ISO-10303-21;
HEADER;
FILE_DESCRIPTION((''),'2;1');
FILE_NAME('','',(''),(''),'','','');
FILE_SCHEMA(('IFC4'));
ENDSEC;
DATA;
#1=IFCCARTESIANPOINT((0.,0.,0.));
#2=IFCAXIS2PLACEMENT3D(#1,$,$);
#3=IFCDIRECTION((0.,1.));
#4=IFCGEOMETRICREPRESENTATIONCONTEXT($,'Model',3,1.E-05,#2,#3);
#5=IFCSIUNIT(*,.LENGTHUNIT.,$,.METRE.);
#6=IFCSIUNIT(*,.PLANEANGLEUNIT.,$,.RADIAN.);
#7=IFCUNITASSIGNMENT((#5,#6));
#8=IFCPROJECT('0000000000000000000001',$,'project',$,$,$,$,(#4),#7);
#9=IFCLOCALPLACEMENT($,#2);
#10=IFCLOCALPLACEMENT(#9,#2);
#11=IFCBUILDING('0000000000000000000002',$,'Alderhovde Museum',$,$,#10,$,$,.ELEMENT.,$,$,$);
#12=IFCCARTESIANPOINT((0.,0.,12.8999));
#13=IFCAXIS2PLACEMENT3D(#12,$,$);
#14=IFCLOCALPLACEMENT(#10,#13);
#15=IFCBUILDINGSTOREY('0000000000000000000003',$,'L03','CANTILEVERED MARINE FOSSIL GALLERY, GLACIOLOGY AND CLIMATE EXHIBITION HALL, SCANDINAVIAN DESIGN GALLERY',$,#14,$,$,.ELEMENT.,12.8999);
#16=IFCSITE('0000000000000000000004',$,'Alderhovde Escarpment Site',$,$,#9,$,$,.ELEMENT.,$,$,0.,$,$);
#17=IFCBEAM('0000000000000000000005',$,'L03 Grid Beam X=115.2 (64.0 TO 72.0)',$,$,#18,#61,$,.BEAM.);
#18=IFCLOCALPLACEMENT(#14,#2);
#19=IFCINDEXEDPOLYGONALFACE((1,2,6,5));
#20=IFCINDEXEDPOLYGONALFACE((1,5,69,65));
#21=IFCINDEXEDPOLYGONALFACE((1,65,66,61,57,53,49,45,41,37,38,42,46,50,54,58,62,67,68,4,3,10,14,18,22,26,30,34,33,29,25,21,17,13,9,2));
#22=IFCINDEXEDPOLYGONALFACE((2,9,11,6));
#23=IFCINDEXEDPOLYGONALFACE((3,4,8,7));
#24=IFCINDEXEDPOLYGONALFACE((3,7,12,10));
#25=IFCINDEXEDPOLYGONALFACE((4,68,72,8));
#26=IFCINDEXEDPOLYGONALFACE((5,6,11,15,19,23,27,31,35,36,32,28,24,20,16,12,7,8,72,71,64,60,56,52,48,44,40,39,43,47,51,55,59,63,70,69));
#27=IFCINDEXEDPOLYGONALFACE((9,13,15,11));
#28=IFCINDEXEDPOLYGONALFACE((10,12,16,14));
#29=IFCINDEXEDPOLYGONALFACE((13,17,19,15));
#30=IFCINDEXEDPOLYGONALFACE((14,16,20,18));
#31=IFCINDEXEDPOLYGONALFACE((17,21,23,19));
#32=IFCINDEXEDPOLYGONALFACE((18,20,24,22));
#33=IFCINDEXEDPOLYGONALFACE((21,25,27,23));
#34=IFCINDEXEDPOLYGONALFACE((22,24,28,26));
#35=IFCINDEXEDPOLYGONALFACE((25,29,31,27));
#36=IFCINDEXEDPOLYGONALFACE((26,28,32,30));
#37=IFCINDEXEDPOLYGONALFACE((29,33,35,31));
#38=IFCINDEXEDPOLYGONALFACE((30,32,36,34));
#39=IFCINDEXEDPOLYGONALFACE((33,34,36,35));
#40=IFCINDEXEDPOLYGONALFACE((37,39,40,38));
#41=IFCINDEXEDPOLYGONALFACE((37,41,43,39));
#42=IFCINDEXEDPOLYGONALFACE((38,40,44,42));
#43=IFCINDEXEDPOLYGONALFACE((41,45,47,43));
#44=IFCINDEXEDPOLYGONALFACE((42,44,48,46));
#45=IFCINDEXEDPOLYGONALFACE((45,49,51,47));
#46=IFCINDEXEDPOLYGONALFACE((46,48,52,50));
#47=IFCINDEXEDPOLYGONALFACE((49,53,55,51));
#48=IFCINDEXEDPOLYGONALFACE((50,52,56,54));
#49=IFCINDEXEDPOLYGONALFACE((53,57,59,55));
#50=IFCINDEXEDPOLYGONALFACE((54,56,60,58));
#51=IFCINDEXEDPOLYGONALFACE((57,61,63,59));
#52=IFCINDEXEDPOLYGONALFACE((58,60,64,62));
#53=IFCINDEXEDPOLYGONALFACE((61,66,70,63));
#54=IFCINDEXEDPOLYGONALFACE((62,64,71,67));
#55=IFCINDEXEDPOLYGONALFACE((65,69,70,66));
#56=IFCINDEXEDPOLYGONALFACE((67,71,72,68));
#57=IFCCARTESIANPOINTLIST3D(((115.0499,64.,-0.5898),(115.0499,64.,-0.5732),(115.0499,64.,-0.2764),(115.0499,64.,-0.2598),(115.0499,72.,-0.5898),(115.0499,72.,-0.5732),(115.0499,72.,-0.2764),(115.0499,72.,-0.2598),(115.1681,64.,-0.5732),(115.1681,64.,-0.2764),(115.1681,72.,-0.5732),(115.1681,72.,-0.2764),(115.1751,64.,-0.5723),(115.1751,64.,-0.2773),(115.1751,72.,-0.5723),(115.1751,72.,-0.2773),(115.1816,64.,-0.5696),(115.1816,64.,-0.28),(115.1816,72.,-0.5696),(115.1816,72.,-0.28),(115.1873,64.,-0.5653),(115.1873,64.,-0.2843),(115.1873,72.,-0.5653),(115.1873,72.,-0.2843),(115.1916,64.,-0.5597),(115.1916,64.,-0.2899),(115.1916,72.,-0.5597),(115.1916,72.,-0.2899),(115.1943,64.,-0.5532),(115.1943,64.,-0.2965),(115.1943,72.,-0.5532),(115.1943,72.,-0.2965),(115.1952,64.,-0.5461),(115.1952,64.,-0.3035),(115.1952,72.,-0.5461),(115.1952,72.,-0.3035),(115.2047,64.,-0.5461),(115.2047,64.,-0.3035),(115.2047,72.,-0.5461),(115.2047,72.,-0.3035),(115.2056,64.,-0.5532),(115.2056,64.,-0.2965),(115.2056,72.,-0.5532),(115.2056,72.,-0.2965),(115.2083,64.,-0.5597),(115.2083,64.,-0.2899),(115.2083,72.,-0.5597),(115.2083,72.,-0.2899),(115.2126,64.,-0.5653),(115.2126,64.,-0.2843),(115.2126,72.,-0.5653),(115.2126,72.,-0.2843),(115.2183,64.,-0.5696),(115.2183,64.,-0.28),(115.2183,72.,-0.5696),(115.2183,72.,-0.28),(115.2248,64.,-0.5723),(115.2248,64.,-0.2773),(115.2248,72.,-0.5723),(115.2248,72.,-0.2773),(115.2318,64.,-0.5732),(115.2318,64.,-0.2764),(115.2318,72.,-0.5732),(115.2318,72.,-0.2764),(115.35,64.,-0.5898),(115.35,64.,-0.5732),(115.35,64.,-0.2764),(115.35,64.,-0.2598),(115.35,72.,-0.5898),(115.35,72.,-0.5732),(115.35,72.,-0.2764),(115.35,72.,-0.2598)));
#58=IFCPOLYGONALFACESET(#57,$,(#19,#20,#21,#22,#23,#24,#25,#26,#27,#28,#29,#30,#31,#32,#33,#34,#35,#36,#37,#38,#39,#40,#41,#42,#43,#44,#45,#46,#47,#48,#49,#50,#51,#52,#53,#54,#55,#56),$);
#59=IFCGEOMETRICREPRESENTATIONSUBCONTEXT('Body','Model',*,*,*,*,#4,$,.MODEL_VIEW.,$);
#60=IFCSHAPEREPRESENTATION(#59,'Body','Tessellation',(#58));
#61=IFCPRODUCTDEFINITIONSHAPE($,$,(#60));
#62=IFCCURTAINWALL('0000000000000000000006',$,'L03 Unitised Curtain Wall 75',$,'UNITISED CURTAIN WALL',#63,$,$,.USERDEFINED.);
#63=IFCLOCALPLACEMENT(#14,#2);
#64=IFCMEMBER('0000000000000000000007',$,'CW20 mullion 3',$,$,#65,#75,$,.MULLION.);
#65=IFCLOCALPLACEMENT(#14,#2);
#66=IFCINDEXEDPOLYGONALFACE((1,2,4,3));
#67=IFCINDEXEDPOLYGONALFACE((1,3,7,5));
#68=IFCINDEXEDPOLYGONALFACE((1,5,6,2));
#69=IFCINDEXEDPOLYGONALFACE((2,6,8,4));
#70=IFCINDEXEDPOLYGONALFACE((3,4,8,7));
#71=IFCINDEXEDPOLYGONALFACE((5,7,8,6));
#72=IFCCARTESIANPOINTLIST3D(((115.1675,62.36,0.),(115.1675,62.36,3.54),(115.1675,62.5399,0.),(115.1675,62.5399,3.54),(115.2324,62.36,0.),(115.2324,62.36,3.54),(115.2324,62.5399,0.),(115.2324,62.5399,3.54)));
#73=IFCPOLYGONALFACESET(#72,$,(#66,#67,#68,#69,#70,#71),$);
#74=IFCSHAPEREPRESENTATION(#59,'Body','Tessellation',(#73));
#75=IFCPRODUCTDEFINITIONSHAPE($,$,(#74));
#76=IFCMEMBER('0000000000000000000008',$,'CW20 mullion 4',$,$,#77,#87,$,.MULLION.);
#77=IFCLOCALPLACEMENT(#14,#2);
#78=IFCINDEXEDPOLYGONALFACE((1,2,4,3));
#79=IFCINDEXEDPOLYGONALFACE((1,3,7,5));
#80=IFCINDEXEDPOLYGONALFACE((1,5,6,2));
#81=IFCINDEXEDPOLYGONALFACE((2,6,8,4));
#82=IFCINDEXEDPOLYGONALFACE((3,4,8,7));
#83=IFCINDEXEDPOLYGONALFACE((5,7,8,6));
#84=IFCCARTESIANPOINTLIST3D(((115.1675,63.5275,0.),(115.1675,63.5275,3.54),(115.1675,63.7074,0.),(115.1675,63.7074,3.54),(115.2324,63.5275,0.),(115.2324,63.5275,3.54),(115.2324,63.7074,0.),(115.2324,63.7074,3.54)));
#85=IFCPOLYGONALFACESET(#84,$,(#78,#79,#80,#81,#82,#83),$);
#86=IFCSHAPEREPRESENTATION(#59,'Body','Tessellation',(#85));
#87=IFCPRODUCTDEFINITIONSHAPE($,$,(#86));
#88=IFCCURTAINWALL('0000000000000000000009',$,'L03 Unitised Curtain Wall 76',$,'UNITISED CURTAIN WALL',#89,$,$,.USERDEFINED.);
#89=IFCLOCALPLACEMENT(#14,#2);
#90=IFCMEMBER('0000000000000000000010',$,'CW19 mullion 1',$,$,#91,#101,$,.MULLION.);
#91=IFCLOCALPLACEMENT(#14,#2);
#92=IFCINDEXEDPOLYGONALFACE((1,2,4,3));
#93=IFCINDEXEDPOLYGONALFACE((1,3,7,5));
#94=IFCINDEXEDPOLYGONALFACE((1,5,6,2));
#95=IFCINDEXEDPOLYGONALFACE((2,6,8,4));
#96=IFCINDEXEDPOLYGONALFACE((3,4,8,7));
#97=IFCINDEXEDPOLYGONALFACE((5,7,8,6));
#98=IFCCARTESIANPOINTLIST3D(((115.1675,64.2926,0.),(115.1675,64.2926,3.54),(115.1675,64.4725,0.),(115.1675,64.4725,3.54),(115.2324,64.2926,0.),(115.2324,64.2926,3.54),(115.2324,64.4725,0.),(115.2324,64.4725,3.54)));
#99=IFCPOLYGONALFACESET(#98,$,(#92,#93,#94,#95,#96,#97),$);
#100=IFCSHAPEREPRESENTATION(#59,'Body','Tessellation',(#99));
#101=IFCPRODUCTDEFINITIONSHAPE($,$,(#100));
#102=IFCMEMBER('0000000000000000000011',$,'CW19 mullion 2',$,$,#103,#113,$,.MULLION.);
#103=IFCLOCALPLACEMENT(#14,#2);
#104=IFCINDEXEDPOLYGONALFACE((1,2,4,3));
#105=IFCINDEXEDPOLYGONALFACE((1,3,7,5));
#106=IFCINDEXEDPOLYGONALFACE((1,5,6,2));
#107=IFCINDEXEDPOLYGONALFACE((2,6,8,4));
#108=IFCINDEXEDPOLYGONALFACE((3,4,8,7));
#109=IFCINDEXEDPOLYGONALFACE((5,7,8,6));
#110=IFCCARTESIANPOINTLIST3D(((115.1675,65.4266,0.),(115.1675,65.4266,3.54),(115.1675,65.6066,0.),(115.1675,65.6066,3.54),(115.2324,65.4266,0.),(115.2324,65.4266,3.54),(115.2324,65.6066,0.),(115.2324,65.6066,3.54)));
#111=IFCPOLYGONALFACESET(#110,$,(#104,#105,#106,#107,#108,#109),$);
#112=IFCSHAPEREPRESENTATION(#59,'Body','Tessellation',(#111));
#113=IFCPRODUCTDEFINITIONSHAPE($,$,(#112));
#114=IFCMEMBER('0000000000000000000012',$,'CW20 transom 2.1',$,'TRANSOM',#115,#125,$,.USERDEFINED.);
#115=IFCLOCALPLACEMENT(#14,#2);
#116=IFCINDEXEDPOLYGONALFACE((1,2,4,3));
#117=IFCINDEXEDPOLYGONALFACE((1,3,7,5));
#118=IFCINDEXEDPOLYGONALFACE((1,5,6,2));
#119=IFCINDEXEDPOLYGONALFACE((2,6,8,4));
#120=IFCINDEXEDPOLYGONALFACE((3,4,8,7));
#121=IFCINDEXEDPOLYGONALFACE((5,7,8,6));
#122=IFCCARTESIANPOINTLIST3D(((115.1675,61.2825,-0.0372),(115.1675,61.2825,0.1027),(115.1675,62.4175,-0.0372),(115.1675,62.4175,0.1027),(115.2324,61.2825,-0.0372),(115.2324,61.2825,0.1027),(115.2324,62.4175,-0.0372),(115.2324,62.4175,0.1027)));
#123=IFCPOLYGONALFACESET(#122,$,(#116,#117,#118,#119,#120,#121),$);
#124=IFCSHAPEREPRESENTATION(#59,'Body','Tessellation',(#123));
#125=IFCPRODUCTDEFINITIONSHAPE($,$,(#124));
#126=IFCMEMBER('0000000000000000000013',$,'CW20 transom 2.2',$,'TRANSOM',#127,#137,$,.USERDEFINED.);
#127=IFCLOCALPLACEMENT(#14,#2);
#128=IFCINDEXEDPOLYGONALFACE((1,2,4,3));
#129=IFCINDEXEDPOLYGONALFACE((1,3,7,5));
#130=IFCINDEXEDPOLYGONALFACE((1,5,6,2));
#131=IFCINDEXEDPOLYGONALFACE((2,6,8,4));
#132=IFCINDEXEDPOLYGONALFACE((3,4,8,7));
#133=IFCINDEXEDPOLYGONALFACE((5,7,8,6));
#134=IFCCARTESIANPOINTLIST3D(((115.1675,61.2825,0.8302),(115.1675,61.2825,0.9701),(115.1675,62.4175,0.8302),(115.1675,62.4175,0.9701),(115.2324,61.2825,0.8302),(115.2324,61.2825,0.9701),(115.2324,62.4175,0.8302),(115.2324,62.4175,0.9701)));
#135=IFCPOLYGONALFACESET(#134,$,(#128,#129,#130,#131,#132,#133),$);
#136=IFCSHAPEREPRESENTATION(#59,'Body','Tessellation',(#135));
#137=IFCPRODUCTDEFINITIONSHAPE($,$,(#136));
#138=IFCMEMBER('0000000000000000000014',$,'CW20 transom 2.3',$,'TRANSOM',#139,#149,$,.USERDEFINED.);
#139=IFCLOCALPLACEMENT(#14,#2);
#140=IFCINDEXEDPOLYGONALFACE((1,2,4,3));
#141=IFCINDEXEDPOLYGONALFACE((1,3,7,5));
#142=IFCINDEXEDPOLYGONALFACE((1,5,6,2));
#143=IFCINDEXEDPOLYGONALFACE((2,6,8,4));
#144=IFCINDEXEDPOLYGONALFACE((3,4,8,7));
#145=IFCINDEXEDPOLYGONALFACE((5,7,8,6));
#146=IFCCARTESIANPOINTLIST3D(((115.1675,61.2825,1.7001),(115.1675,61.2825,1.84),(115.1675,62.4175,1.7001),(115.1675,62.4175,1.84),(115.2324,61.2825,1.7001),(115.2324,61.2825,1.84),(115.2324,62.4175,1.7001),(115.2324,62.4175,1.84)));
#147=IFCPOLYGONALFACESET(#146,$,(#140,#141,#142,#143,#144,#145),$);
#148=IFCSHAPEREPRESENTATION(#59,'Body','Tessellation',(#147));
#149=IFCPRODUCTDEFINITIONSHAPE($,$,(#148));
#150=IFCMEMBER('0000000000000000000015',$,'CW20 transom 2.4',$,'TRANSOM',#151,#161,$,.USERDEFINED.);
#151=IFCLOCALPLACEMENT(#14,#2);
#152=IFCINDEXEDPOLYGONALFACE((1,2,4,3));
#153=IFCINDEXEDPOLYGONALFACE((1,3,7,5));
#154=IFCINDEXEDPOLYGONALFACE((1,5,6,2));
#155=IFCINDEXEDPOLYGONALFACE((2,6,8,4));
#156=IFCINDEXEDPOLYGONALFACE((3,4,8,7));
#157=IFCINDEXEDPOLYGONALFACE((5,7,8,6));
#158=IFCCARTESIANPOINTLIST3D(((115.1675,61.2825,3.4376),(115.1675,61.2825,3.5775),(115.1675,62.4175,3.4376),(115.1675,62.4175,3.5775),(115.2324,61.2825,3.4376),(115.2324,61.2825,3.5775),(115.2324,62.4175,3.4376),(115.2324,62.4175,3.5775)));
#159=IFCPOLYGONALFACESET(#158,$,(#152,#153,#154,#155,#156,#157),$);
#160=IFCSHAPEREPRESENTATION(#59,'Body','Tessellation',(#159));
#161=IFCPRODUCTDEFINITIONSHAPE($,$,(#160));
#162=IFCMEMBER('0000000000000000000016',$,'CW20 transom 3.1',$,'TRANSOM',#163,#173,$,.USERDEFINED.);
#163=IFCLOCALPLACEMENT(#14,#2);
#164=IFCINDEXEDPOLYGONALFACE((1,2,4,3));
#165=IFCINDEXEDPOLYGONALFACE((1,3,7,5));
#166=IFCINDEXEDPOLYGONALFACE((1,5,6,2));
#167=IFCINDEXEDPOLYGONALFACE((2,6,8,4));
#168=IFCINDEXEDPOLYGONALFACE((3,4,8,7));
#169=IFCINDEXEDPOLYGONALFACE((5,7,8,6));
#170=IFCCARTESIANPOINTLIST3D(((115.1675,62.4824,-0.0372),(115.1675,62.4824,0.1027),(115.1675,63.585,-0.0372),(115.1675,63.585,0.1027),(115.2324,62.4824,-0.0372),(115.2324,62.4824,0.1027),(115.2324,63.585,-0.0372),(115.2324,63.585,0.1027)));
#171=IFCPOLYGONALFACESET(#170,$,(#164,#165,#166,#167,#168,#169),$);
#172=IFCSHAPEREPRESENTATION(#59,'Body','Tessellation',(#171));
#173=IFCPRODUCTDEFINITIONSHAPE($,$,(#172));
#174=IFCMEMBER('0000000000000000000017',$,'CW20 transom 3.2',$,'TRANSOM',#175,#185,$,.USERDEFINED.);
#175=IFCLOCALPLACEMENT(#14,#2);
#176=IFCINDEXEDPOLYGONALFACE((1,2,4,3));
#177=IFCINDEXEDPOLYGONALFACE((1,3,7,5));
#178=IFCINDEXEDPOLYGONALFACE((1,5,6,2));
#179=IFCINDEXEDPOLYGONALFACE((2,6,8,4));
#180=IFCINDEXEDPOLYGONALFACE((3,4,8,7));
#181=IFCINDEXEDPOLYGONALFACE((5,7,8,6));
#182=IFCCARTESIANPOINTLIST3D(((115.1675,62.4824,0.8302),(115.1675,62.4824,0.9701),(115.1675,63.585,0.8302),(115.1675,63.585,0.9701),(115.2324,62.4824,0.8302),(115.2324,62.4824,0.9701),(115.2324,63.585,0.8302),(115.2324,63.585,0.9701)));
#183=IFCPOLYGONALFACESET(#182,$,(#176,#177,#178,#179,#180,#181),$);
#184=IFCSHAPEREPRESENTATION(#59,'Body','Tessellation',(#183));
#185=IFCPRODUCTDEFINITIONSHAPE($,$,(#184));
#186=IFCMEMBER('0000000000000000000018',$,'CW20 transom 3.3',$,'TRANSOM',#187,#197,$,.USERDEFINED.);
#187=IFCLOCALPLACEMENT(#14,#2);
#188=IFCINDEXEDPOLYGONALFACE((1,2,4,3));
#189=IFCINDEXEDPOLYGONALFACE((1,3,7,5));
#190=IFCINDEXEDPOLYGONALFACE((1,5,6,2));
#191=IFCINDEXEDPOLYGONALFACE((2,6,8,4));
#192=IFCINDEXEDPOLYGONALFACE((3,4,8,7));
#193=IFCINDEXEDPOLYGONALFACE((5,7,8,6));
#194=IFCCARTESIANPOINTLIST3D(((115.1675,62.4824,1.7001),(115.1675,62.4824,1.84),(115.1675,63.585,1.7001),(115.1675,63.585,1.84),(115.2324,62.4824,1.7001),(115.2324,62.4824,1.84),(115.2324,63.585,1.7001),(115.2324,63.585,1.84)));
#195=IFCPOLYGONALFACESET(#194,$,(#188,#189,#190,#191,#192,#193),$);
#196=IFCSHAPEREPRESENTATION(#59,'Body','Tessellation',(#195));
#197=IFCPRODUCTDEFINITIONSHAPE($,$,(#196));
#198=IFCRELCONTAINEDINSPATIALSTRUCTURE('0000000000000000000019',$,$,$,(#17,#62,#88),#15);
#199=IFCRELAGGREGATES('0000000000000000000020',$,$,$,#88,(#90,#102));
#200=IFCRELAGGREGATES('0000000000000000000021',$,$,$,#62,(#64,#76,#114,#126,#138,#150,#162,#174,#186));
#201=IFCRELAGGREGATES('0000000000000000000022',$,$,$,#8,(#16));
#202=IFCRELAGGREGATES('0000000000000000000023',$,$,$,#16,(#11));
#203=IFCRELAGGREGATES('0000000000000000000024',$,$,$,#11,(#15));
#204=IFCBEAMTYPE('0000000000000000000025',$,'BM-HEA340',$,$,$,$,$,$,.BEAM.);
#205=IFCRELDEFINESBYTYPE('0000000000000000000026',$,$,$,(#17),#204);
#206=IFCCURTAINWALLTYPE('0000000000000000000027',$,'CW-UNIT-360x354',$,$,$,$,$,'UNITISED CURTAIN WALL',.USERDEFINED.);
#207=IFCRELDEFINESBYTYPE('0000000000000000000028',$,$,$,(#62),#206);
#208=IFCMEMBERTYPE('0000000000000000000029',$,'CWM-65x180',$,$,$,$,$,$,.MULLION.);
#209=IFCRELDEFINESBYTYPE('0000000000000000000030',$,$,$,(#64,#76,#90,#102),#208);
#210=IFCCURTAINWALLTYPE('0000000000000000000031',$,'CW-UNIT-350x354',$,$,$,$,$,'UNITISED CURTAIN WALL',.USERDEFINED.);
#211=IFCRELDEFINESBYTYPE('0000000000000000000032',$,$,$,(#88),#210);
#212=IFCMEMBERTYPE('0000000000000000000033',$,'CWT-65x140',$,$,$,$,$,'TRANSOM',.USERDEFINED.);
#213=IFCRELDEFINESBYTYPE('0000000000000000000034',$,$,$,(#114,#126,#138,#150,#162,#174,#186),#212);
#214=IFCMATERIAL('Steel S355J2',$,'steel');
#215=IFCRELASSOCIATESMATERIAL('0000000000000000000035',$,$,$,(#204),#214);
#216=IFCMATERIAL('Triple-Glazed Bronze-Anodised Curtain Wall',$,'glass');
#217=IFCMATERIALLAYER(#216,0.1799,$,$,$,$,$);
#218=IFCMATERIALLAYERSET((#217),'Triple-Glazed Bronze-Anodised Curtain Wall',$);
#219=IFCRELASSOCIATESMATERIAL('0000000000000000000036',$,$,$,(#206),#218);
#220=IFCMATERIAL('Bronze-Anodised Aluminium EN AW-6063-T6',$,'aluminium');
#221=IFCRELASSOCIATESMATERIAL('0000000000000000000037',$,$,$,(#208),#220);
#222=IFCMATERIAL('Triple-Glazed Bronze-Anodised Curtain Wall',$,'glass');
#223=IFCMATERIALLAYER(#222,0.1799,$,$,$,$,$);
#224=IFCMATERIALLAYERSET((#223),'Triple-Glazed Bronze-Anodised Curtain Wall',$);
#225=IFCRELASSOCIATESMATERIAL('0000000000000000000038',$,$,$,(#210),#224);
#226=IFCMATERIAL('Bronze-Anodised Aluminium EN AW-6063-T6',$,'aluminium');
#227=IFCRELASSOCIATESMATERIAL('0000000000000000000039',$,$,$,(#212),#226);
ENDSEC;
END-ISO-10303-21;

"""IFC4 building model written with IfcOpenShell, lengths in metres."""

from ifc_helpers import new_model, si_unit, direction, frame, origin, origin_2d, place, context, subcontext, project, spatial, rectangle, i_section, extrude, material, layer, layer_set, material_profile, profile_set, type_object, element, aggregate, save


model = new_model("IFC4")

# Units and contexts
model_context = context("Model", 3, precision=1e-05, world=origin(), true_north=direction((0.0, 1.0)))
body_context = subcontext(model_context, "Body", "Model", "MODEL_VIEW")
ifc_project = project(units=[si_unit("LENGTHUNIT", "METRE"), si_unit("PLANEANGLEUNIT", "RADIAN")], contexts=[model_context])

# Site, building, storey
site_placement = place(None, origin())
site = spatial("IfcSite", under=ifc_project, at=site_placement, Name="Alderhovde Escarpment Site", CompositionType="ELEMENT", RefElevation=0.0)
building_placement = place(site_placement, origin())
building = spatial("IfcBuilding", under=site, at=building_placement, Name="Alderhovde Museum", CompositionType="ELEMENT")
storey_placement = place(building_placement, frame((0.0, 0.0, 12.8999)))
storey = spatial("IfcBuildingStorey", under=building, at=storey_placement, Name="L03", Description="CANTILEVERED MARINE FOSSIL GALLERY, GLACIOLOGY AND CLIMATE EXHIBITION HALL, SCANDINAVIAN DESIGN GALLERY", CompositionType="ELEMENT", Elevation=12.8999)

# Beam
ifc_material_1 = material(Name="Steel S355J2", Category="steel")
ifc_material_profile_1 = material_profile(ifc_material_1, i_section(OverallWidth=0.3, OverallDepth=0.3301, WebThickness=0.0095, FlangeThickness=0.0166, FilletRadius=0.0271, at=origin_2d()), Name="HEA 340")
ifc_profile_set_1 = profile_set([ifc_material_profile_1], Name="Steel S355J2")
beam_type_1 = type_object("IfcBeamType", Name="BM-HEA340", PredefinedType="BEAM", material=ifc_profile_set_1)
beam_1_placement = place(storey_placement, frame((115.2, 64.0, -0.4248), z_axis=(0.0, 1.0, 0.0), x_axis=(-1.0, 0.0, 0.0)))
element("IfcBeam", 1, at=beam_1_placement, inside=storey, type_object=beam_type_1, Name="L03 Grid Beam X=115.2 (64.0 TO 72.0)", PredefinedType="BEAM", context=body_context, shape_type="SweptSolid", body=[
    extrude(i_section(OverallWidth=0.3, OverallDepth=0.3301, WebThickness=0.0095, FlangeThickness=0.0166, FilletRadius=0.0271, at=origin_2d()), origin(), (0.0, 0.0, 1.0), 8.0),
])

# Curtain walls, members
ifc_material_2 = material(Name="Triple-Glazed Bronze-Anodised Curtain Wall", Category="glass")
ifc_layer_1 = layer(ifc_material_2, 0.1799)
ifc_layer_set_1 = layer_set([ifc_layer_1], Name="Triple-Glazed Bronze-Anodised Curtain Wall")
curtain_wall_type_1 = type_object("IfcCurtainWallType", Name="CW-UNIT-360x354", ElementType="UNITISED CURTAIN WALL", PredefinedType="USERDEFINED", material=ifc_layer_set_1)
curtain_wall_1_placement = place(storey_placement, origin())
curtain_wall_1 = element("IfcCurtainWall", 2, at=curtain_wall_1_placement, inside=storey, type_object=curtain_wall_type_1, Name="L03 Unitised Curtain Wall 75", ObjectType="UNITISED CURTAIN WALL", PredefinedType="USERDEFINED")
ifc_material_3 = material(Name="Bronze-Anodised Aluminium EN AW-6063-T6", Category="aluminium")
ifc_material_profile_2 = material_profile(ifc_material_3, rectangle(XDim=0.0649, YDim=0.1799, at=origin_2d()), Name="MULLION 65x180")
ifc_profile_set_2 = profile_set([ifc_material_profile_2], Name="Bronze-Anodised Aluminium EN AW-6063-T6")
member_type_1 = type_object("IfcMemberType", Name="CWM-65x180", PredefinedType="MULLION", material=ifc_profile_set_2)
member_1_placement = place(storey_placement, frame((115.2, 62.45, 0.0), z_axis=(0.0, 0.0, 1.0), x_axis=(-1.0, 0.0, 0.0)))
member_1 = element("IfcMember", 3, at=member_1_placement, type_object=member_type_1, Name="CW20 mullion 3", PredefinedType="MULLION", context=body_context, shape_type="SweptSolid", body=[
    extrude(rectangle(XDim=0.0649, YDim=0.1799, at=origin_2d()), origin(), (0.0, 0.0, 1.0), 3.54),
])
member_2_placement = place(storey_placement, frame((115.2, 63.6174, 0.0), z_axis=(0.0, 0.0, 1.0), x_axis=(-1.0, 0.0, 0.0)))
member_2 = element("IfcMember", 4, at=member_2_placement, type_object=member_type_1, Name="CW20 mullion 4", PredefinedType="MULLION", context=body_context, shape_type="SweptSolid", body=[
    extrude(rectangle(XDim=0.0649, YDim=0.1799, at=origin_2d()), origin(), (0.0, 0.0, 1.0), 3.54),
])
ifc_material_4 = material(Name="Triple-Glazed Bronze-Anodised Curtain Wall", Category="glass")
ifc_layer_2 = layer(ifc_material_4, 0.1799)
ifc_layer_set_2 = layer_set([ifc_layer_2], Name="Triple-Glazed Bronze-Anodised Curtain Wall")
curtain_wall_type_2 = type_object("IfcCurtainWallType", Name="CW-UNIT-350x354", ElementType="UNITISED CURTAIN WALL", PredefinedType="USERDEFINED", material=ifc_layer_set_2)
curtain_wall_2_placement = place(storey_placement, origin())
curtain_wall_2 = element("IfcCurtainWall", 5, at=curtain_wall_2_placement, inside=storey, type_object=curtain_wall_type_2, Name="L03 Unitised Curtain Wall 76", ObjectType="UNITISED CURTAIN WALL", PredefinedType="USERDEFINED")
member_3_placement = place(storey_placement, frame((115.2, 64.3826, 0.0), z_axis=(0.0, 0.0, 1.0), x_axis=(-1.0, 0.0, 0.0)))
member_3 = element("IfcMember", 6, at=member_3_placement, type_object=member_type_1, Name="CW19 mullion 1", PredefinedType="MULLION", context=body_context, shape_type="SweptSolid", body=[
    extrude(rectangle(XDim=0.0649, YDim=0.1799, at=origin_2d()), origin(), (0.0, 0.0, 1.0), 3.54),
])
member_4_placement = place(storey_placement, frame((115.2, 65.5166, 0.0), z_axis=(0.0, 0.0, 1.0), x_axis=(-1.0, 0.0, 0.0)))
member_4 = element("IfcMember", 7, at=member_4_placement, type_object=member_type_1, Name="CW19 mullion 2", PredefinedType="MULLION", context=body_context, shape_type="SweptSolid", body=[
    extrude(rectangle(XDim=0.0649, YDim=0.1799, at=origin_2d()), origin(), (0.0, 0.0, 1.0), 3.54),
])

# Members
ifc_material_5 = material(Name="Bronze-Anodised Aluminium EN AW-6063-T6", Category="aluminium")
ifc_material_profile_3 = material_profile(ifc_material_5, rectangle(XDim=0.0649, YDim=0.1399, at=origin_2d()), Name="TRANSOM 65x140")
ifc_profile_set_3 = profile_set([ifc_material_profile_3], Name="Bronze-Anodised Aluminium EN AW-6063-T6")
member_type_2 = type_object("IfcMemberType", Name="CWT-65x140", ElementType="TRANSOM", PredefinedType="USERDEFINED", material=ifc_profile_set_3)
member_5_placement = place(storey_placement, frame((115.2, 61.2825, 0.0327), z_axis=(0.0, 1.0, 0.0), x_axis=(-1.0, 0.0, 0.0)))
member_5 = element("IfcMember", 8, at=member_5_placement, type_object=member_type_2, Name="CW20 transom 2.1", ObjectType="TRANSOM", PredefinedType="USERDEFINED", context=body_context, shape_type="SweptSolid", body=[
    extrude(rectangle(XDim=0.0649, YDim=0.1399, at=origin_2d()), origin(), (0.0, 0.0, 1.0), 1.135),
])
member_6_placement = place(storey_placement, frame((115.2, 61.2825, 0.9001), z_axis=(0.0, 1.0, 0.0), x_axis=(-1.0, 0.0, 0.0)))
member_6 = element("IfcMember", 9, at=member_6_placement, type_object=member_type_2, Name="CW20 transom 2.2", ObjectType="TRANSOM", PredefinedType="USERDEFINED", context=body_context, shape_type="SweptSolid", body=[
    extrude(rectangle(XDim=0.0649, YDim=0.1399, at=origin_2d()), origin(), (0.0, 0.0, 1.0), 1.135),
])
member_7_placement = place(storey_placement, frame((115.2, 61.2825, 1.77), z_axis=(0.0, 1.0, 0.0), x_axis=(-1.0, 0.0, 0.0)))
member_7 = element("IfcMember", 10, at=member_7_placement, type_object=member_type_2, Name="CW20 transom 2.3", ObjectType="TRANSOM", PredefinedType="USERDEFINED", context=body_context, shape_type="SweptSolid", body=[
    extrude(rectangle(XDim=0.0649, YDim=0.1399, at=origin_2d()), origin(), (0.0, 0.0, 1.0), 1.135),
])
member_8_placement = place(storey_placement, frame((115.2, 61.2825, 3.5076), z_axis=(0.0, 1.0, 0.0), x_axis=(-1.0, 0.0, 0.0)))
member_8 = element("IfcMember", 11, at=member_8_placement, type_object=member_type_2, Name="CW20 transom 2.4", ObjectType="TRANSOM", PredefinedType="USERDEFINED", context=body_context, shape_type="SweptSolid", body=[
    extrude(rectangle(XDim=0.0649, YDim=0.1399, at=origin_2d()), origin(), (0.0, 0.0, 1.0), 1.135),
])
member_9_placement = place(storey_placement, frame((115.2, 62.4824, 0.0327), z_axis=(0.0, 1.0, 0.0), x_axis=(-1.0, 0.0, 0.0)))
member_9 = element("IfcMember", 12, at=member_9_placement, type_object=member_type_2, Name="CW20 transom 3.1", ObjectType="TRANSOM", PredefinedType="USERDEFINED", context=body_context, shape_type="SweptSolid", body=[
    extrude(rectangle(XDim=0.0649, YDim=0.1399, at=origin_2d()), origin(), (0.0, 0.0, 1.0), 1.1025),
])
member_10_placement = place(storey_placement, frame((115.2, 62.4824, 0.9001), z_axis=(0.0, 1.0, 0.0), x_axis=(-1.0, 0.0, 0.0)))
member_10 = element("IfcMember", 13, at=member_10_placement, type_object=member_type_2, Name="CW20 transom 3.2", ObjectType="TRANSOM", PredefinedType="USERDEFINED", context=body_context, shape_type="SweptSolid", body=[
    extrude(rectangle(XDim=0.0649, YDim=0.1399, at=origin_2d()), origin(), (0.0, 0.0, 1.0), 1.1025),
])
member_11_placement = place(storey_placement, frame((115.2, 62.4824, 1.77), z_axis=(0.0, 1.0, 0.0), x_axis=(-1.0, 0.0, 0.0)))
member_11 = element("IfcMember", 14, at=member_11_placement, type_object=member_type_2, Name="CW20 transom 3.3", ObjectType="TRANSOM", PredefinedType="USERDEFINED", context=body_context, shape_type="SweptSolid", body=[
    extrude(rectangle(XDim=0.0649, YDim=0.1399, at=origin_2d()), origin(), (0.0, 0.0, 1.0), 1.1025),
])

aggregate(curtain_wall_2, [member_3, member_4])
aggregate(curtain_wall_1, [member_1, member_2, member_5, member_6, member_7, member_8, member_9, member_10, member_11])

save(model, "model.ifc")
